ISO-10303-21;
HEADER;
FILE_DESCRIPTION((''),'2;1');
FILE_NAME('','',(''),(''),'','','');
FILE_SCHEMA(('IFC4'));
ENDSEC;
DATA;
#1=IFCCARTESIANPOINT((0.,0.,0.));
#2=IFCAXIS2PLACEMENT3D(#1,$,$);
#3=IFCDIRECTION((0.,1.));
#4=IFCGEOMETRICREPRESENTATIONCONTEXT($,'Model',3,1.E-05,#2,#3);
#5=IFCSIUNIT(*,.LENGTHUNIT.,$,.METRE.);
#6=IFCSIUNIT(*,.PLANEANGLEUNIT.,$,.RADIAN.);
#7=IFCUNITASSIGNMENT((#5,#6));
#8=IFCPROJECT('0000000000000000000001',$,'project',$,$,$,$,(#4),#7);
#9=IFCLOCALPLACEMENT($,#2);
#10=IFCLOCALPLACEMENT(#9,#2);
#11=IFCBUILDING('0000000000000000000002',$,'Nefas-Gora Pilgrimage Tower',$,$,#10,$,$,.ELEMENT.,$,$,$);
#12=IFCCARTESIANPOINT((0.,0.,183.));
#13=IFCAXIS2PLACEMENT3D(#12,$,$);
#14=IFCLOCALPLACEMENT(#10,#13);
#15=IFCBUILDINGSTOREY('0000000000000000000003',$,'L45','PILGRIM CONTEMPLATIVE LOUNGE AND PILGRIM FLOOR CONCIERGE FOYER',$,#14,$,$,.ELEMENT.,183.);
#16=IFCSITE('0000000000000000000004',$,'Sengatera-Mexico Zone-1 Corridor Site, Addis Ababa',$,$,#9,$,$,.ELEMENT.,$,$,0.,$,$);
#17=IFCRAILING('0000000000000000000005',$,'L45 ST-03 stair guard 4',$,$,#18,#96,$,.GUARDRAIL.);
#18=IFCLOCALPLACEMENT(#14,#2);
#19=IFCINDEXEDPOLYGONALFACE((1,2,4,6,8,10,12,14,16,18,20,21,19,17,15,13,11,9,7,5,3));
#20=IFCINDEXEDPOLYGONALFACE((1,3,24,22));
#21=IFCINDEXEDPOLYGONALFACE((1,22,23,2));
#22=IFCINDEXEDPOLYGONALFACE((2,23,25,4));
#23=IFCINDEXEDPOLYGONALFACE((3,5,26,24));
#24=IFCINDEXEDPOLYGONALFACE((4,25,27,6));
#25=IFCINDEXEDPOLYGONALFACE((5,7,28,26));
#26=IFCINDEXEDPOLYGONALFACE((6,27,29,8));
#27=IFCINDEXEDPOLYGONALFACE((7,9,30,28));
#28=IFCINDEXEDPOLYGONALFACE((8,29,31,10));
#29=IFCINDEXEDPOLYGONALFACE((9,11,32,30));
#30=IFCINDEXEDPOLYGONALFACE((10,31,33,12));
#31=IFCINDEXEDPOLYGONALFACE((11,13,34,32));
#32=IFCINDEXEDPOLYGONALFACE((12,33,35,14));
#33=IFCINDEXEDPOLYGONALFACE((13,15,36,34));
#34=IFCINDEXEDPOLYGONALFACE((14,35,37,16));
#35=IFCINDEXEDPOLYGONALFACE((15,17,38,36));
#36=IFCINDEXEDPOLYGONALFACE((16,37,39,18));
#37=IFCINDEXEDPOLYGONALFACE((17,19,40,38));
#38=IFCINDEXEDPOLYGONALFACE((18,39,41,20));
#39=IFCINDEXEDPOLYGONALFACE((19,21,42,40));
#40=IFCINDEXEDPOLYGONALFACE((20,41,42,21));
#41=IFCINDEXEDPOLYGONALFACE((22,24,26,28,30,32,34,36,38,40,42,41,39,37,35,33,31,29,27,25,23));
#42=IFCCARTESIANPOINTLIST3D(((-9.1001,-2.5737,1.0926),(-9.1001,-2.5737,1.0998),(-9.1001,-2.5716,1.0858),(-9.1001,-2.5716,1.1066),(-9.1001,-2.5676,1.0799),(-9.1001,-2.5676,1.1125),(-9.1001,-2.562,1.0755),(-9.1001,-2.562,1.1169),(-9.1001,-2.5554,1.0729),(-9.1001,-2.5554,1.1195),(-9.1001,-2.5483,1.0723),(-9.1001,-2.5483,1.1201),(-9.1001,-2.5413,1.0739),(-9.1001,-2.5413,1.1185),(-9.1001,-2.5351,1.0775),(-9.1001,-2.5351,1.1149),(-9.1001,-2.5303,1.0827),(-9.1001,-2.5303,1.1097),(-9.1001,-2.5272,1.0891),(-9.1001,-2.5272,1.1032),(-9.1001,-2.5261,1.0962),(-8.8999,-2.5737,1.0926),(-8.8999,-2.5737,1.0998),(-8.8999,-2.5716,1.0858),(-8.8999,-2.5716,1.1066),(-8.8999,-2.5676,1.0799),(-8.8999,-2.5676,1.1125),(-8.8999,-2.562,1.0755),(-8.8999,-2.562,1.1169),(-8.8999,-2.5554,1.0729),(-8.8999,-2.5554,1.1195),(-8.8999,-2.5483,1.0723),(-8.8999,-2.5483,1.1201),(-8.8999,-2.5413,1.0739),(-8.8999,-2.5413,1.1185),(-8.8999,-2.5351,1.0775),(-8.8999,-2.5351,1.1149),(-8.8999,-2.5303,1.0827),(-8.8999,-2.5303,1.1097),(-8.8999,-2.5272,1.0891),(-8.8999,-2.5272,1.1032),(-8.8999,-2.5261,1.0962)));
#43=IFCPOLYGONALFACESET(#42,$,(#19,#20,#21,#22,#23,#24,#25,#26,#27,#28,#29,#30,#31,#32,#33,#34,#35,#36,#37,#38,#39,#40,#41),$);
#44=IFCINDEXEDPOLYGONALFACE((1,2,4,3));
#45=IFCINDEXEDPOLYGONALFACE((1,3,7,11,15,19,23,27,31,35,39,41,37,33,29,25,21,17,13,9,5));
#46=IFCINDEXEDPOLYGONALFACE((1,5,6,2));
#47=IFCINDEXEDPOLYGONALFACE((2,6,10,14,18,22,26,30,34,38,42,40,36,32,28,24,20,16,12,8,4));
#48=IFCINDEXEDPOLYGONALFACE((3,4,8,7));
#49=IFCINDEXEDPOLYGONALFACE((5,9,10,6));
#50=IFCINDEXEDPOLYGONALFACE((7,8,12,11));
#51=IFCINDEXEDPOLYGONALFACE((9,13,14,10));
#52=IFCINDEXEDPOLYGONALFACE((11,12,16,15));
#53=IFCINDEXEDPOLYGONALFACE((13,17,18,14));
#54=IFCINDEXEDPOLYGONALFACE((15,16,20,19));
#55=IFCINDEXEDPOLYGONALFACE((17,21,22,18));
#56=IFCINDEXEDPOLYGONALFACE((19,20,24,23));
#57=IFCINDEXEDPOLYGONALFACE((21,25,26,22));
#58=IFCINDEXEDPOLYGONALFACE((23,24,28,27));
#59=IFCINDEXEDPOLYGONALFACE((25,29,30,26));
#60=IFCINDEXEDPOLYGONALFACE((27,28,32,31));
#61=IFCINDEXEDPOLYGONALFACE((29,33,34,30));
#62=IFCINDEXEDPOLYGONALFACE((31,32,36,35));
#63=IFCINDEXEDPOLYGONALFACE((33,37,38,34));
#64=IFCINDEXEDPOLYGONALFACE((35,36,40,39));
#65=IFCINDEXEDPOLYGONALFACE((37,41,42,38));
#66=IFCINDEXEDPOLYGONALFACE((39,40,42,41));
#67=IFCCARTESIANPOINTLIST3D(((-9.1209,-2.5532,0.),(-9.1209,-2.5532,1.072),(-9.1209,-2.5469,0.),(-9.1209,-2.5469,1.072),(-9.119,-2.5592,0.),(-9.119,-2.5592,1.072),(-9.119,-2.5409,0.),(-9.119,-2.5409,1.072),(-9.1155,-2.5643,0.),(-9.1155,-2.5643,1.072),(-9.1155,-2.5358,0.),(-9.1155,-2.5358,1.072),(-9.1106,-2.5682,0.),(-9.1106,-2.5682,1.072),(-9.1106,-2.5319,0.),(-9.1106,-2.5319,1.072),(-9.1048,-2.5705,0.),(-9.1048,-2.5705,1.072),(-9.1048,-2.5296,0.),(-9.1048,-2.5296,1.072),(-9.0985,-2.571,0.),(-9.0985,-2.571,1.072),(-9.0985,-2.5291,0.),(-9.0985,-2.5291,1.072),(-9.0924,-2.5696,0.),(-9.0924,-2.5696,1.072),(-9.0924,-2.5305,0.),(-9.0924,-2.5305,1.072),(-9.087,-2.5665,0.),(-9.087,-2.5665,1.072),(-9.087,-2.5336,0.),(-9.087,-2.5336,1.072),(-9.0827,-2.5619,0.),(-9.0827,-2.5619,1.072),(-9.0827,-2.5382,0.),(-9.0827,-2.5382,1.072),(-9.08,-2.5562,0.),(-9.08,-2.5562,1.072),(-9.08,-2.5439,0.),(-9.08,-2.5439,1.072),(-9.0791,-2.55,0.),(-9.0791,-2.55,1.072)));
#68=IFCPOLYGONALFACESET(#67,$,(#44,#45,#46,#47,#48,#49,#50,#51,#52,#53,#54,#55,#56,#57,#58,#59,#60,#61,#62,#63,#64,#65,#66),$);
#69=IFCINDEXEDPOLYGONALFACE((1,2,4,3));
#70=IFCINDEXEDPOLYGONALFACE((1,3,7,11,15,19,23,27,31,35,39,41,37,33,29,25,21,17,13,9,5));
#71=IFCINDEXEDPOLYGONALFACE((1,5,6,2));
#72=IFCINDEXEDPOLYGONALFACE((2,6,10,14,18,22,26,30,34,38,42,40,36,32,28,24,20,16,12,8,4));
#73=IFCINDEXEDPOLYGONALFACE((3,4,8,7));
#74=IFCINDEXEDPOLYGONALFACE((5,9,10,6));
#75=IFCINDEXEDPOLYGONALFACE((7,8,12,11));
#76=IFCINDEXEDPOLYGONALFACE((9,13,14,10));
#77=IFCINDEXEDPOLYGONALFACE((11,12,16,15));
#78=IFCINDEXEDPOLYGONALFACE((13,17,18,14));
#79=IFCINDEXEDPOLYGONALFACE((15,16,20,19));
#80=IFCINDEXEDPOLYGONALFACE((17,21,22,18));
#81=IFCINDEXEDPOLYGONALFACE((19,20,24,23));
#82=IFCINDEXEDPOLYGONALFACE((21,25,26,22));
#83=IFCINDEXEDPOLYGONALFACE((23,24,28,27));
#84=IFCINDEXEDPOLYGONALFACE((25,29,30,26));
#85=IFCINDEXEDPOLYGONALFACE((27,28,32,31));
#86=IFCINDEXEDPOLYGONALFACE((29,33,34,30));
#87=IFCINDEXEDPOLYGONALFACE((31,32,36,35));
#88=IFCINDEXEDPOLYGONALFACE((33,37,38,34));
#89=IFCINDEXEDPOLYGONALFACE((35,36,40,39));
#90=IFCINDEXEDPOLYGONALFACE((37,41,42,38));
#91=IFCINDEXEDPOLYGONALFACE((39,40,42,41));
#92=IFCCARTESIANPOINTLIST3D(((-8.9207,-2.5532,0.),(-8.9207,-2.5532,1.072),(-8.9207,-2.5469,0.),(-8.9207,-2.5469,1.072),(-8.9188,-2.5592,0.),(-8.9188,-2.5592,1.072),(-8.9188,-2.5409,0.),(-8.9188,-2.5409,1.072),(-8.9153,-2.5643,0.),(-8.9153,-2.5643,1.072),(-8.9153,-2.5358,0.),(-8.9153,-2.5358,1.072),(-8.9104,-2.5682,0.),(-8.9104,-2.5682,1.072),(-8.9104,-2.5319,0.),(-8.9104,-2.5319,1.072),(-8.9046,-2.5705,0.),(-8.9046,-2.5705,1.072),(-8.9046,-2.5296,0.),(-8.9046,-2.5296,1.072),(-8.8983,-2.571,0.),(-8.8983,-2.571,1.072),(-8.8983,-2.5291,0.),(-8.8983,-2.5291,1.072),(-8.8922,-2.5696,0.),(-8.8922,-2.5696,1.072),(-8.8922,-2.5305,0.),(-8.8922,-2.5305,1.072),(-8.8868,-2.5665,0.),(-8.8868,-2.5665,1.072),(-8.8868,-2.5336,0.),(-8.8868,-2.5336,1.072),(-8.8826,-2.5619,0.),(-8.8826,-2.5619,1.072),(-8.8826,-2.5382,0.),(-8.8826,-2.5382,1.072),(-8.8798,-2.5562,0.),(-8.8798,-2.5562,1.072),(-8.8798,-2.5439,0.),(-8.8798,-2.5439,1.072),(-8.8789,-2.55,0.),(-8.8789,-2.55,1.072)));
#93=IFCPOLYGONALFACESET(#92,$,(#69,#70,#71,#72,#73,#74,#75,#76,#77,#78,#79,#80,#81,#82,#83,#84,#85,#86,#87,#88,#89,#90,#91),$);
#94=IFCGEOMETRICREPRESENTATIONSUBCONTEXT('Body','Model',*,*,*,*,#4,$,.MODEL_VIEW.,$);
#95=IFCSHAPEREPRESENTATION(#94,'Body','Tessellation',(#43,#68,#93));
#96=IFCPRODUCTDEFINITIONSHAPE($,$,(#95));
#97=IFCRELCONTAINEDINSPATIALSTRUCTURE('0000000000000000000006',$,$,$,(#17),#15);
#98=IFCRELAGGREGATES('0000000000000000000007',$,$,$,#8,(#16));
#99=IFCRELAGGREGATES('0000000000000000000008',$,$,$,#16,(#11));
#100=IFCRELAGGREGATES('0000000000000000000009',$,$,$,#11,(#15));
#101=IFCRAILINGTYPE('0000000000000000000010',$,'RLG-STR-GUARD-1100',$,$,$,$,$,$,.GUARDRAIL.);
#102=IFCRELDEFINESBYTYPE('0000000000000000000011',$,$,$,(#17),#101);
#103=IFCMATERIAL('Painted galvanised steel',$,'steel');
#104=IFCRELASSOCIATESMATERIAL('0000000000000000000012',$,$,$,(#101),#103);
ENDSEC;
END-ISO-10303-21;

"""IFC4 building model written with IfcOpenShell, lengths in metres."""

from ifc_helpers import new_model, si_unit, direction, frame, origin, origin_2d, place, context, subcontext, project, spatial, circle, extrude, material, type_object, element, save


model = new_model("IFC4")

# Units and contexts
model_context = context("Model", 3, precision=1e-05, world=origin(), true_north=direction((0.0, 1.0)))
body_context = subcontext(model_context, "Body", "Model", "MODEL_VIEW")
ifc_project = project(units=[si_unit("LENGTHUNIT", "METRE"), si_unit("PLANEANGLEUNIT", "RADIAN")], contexts=[model_context])

# Site, building, storey
site_placement = place(None, origin())
site = spatial("IfcSite", under=ifc_project, at=site_placement, Name="Sengatera-Mexico Zone-1 Corridor Site, Addis Ababa", CompositionType="ELEMENT", RefElevation=0.0)
building_placement = place(site_placement, origin())
building = spatial("IfcBuilding", under=site, at=building_placement, Name="Nefas-Gora Pilgrimage Tower", CompositionType="ELEMENT")
storey_placement = place(building_placement, frame((0.0, 0.0, 183.0)))
storey = spatial("IfcBuildingStorey", under=building, at=storey_placement, Name="L45", Description="PILGRIM CONTEMPLATIVE LOUNGE AND PILGRIM FLOOR CONCIERGE FOYER", CompositionType="ELEMENT", Elevation=183.0)

# Railing
ifc_material_1 = material(Name="Painted galvanised steel", Category="steel")
railing_type_1 = type_object("IfcRailingType", Name="RLG-STR-GUARD-1100", PredefinedType="GUARDRAIL", material=ifc_material_1)
railing_1_placement = place(storey_placement, frame((-9.1001, -2.55, 0.0)))
element("IfcRailing", 1, at=railing_1_placement, inside=storey, type_object=railing_type_1, Name="L45 ST-03 stair guard 4", PredefinedType="GUARDRAIL", context=body_context, shape_type="SweptSolid", body=[
    extrude(circle(Radius=0.0239, at=origin_2d()), frame((0.0, 0.0, 1.0962), z_axis=(1.0, 0.0, 0.0), x_axis=(0.0, 1.0, 0.0)), (0.0, 0.0, 1.0), 0.2002),
    extrude(circle(Radius=0.021, at=origin_2d()), origin(), (0.0, 0.0, 1.0), 1.072),
    extrude(circle(Radius=0.021, at=origin_2d()), frame((0.2002, 0.0, 0.0)), (0.0, 0.0, 1.0), 1.072),
])

save(model, "model.ifc")
